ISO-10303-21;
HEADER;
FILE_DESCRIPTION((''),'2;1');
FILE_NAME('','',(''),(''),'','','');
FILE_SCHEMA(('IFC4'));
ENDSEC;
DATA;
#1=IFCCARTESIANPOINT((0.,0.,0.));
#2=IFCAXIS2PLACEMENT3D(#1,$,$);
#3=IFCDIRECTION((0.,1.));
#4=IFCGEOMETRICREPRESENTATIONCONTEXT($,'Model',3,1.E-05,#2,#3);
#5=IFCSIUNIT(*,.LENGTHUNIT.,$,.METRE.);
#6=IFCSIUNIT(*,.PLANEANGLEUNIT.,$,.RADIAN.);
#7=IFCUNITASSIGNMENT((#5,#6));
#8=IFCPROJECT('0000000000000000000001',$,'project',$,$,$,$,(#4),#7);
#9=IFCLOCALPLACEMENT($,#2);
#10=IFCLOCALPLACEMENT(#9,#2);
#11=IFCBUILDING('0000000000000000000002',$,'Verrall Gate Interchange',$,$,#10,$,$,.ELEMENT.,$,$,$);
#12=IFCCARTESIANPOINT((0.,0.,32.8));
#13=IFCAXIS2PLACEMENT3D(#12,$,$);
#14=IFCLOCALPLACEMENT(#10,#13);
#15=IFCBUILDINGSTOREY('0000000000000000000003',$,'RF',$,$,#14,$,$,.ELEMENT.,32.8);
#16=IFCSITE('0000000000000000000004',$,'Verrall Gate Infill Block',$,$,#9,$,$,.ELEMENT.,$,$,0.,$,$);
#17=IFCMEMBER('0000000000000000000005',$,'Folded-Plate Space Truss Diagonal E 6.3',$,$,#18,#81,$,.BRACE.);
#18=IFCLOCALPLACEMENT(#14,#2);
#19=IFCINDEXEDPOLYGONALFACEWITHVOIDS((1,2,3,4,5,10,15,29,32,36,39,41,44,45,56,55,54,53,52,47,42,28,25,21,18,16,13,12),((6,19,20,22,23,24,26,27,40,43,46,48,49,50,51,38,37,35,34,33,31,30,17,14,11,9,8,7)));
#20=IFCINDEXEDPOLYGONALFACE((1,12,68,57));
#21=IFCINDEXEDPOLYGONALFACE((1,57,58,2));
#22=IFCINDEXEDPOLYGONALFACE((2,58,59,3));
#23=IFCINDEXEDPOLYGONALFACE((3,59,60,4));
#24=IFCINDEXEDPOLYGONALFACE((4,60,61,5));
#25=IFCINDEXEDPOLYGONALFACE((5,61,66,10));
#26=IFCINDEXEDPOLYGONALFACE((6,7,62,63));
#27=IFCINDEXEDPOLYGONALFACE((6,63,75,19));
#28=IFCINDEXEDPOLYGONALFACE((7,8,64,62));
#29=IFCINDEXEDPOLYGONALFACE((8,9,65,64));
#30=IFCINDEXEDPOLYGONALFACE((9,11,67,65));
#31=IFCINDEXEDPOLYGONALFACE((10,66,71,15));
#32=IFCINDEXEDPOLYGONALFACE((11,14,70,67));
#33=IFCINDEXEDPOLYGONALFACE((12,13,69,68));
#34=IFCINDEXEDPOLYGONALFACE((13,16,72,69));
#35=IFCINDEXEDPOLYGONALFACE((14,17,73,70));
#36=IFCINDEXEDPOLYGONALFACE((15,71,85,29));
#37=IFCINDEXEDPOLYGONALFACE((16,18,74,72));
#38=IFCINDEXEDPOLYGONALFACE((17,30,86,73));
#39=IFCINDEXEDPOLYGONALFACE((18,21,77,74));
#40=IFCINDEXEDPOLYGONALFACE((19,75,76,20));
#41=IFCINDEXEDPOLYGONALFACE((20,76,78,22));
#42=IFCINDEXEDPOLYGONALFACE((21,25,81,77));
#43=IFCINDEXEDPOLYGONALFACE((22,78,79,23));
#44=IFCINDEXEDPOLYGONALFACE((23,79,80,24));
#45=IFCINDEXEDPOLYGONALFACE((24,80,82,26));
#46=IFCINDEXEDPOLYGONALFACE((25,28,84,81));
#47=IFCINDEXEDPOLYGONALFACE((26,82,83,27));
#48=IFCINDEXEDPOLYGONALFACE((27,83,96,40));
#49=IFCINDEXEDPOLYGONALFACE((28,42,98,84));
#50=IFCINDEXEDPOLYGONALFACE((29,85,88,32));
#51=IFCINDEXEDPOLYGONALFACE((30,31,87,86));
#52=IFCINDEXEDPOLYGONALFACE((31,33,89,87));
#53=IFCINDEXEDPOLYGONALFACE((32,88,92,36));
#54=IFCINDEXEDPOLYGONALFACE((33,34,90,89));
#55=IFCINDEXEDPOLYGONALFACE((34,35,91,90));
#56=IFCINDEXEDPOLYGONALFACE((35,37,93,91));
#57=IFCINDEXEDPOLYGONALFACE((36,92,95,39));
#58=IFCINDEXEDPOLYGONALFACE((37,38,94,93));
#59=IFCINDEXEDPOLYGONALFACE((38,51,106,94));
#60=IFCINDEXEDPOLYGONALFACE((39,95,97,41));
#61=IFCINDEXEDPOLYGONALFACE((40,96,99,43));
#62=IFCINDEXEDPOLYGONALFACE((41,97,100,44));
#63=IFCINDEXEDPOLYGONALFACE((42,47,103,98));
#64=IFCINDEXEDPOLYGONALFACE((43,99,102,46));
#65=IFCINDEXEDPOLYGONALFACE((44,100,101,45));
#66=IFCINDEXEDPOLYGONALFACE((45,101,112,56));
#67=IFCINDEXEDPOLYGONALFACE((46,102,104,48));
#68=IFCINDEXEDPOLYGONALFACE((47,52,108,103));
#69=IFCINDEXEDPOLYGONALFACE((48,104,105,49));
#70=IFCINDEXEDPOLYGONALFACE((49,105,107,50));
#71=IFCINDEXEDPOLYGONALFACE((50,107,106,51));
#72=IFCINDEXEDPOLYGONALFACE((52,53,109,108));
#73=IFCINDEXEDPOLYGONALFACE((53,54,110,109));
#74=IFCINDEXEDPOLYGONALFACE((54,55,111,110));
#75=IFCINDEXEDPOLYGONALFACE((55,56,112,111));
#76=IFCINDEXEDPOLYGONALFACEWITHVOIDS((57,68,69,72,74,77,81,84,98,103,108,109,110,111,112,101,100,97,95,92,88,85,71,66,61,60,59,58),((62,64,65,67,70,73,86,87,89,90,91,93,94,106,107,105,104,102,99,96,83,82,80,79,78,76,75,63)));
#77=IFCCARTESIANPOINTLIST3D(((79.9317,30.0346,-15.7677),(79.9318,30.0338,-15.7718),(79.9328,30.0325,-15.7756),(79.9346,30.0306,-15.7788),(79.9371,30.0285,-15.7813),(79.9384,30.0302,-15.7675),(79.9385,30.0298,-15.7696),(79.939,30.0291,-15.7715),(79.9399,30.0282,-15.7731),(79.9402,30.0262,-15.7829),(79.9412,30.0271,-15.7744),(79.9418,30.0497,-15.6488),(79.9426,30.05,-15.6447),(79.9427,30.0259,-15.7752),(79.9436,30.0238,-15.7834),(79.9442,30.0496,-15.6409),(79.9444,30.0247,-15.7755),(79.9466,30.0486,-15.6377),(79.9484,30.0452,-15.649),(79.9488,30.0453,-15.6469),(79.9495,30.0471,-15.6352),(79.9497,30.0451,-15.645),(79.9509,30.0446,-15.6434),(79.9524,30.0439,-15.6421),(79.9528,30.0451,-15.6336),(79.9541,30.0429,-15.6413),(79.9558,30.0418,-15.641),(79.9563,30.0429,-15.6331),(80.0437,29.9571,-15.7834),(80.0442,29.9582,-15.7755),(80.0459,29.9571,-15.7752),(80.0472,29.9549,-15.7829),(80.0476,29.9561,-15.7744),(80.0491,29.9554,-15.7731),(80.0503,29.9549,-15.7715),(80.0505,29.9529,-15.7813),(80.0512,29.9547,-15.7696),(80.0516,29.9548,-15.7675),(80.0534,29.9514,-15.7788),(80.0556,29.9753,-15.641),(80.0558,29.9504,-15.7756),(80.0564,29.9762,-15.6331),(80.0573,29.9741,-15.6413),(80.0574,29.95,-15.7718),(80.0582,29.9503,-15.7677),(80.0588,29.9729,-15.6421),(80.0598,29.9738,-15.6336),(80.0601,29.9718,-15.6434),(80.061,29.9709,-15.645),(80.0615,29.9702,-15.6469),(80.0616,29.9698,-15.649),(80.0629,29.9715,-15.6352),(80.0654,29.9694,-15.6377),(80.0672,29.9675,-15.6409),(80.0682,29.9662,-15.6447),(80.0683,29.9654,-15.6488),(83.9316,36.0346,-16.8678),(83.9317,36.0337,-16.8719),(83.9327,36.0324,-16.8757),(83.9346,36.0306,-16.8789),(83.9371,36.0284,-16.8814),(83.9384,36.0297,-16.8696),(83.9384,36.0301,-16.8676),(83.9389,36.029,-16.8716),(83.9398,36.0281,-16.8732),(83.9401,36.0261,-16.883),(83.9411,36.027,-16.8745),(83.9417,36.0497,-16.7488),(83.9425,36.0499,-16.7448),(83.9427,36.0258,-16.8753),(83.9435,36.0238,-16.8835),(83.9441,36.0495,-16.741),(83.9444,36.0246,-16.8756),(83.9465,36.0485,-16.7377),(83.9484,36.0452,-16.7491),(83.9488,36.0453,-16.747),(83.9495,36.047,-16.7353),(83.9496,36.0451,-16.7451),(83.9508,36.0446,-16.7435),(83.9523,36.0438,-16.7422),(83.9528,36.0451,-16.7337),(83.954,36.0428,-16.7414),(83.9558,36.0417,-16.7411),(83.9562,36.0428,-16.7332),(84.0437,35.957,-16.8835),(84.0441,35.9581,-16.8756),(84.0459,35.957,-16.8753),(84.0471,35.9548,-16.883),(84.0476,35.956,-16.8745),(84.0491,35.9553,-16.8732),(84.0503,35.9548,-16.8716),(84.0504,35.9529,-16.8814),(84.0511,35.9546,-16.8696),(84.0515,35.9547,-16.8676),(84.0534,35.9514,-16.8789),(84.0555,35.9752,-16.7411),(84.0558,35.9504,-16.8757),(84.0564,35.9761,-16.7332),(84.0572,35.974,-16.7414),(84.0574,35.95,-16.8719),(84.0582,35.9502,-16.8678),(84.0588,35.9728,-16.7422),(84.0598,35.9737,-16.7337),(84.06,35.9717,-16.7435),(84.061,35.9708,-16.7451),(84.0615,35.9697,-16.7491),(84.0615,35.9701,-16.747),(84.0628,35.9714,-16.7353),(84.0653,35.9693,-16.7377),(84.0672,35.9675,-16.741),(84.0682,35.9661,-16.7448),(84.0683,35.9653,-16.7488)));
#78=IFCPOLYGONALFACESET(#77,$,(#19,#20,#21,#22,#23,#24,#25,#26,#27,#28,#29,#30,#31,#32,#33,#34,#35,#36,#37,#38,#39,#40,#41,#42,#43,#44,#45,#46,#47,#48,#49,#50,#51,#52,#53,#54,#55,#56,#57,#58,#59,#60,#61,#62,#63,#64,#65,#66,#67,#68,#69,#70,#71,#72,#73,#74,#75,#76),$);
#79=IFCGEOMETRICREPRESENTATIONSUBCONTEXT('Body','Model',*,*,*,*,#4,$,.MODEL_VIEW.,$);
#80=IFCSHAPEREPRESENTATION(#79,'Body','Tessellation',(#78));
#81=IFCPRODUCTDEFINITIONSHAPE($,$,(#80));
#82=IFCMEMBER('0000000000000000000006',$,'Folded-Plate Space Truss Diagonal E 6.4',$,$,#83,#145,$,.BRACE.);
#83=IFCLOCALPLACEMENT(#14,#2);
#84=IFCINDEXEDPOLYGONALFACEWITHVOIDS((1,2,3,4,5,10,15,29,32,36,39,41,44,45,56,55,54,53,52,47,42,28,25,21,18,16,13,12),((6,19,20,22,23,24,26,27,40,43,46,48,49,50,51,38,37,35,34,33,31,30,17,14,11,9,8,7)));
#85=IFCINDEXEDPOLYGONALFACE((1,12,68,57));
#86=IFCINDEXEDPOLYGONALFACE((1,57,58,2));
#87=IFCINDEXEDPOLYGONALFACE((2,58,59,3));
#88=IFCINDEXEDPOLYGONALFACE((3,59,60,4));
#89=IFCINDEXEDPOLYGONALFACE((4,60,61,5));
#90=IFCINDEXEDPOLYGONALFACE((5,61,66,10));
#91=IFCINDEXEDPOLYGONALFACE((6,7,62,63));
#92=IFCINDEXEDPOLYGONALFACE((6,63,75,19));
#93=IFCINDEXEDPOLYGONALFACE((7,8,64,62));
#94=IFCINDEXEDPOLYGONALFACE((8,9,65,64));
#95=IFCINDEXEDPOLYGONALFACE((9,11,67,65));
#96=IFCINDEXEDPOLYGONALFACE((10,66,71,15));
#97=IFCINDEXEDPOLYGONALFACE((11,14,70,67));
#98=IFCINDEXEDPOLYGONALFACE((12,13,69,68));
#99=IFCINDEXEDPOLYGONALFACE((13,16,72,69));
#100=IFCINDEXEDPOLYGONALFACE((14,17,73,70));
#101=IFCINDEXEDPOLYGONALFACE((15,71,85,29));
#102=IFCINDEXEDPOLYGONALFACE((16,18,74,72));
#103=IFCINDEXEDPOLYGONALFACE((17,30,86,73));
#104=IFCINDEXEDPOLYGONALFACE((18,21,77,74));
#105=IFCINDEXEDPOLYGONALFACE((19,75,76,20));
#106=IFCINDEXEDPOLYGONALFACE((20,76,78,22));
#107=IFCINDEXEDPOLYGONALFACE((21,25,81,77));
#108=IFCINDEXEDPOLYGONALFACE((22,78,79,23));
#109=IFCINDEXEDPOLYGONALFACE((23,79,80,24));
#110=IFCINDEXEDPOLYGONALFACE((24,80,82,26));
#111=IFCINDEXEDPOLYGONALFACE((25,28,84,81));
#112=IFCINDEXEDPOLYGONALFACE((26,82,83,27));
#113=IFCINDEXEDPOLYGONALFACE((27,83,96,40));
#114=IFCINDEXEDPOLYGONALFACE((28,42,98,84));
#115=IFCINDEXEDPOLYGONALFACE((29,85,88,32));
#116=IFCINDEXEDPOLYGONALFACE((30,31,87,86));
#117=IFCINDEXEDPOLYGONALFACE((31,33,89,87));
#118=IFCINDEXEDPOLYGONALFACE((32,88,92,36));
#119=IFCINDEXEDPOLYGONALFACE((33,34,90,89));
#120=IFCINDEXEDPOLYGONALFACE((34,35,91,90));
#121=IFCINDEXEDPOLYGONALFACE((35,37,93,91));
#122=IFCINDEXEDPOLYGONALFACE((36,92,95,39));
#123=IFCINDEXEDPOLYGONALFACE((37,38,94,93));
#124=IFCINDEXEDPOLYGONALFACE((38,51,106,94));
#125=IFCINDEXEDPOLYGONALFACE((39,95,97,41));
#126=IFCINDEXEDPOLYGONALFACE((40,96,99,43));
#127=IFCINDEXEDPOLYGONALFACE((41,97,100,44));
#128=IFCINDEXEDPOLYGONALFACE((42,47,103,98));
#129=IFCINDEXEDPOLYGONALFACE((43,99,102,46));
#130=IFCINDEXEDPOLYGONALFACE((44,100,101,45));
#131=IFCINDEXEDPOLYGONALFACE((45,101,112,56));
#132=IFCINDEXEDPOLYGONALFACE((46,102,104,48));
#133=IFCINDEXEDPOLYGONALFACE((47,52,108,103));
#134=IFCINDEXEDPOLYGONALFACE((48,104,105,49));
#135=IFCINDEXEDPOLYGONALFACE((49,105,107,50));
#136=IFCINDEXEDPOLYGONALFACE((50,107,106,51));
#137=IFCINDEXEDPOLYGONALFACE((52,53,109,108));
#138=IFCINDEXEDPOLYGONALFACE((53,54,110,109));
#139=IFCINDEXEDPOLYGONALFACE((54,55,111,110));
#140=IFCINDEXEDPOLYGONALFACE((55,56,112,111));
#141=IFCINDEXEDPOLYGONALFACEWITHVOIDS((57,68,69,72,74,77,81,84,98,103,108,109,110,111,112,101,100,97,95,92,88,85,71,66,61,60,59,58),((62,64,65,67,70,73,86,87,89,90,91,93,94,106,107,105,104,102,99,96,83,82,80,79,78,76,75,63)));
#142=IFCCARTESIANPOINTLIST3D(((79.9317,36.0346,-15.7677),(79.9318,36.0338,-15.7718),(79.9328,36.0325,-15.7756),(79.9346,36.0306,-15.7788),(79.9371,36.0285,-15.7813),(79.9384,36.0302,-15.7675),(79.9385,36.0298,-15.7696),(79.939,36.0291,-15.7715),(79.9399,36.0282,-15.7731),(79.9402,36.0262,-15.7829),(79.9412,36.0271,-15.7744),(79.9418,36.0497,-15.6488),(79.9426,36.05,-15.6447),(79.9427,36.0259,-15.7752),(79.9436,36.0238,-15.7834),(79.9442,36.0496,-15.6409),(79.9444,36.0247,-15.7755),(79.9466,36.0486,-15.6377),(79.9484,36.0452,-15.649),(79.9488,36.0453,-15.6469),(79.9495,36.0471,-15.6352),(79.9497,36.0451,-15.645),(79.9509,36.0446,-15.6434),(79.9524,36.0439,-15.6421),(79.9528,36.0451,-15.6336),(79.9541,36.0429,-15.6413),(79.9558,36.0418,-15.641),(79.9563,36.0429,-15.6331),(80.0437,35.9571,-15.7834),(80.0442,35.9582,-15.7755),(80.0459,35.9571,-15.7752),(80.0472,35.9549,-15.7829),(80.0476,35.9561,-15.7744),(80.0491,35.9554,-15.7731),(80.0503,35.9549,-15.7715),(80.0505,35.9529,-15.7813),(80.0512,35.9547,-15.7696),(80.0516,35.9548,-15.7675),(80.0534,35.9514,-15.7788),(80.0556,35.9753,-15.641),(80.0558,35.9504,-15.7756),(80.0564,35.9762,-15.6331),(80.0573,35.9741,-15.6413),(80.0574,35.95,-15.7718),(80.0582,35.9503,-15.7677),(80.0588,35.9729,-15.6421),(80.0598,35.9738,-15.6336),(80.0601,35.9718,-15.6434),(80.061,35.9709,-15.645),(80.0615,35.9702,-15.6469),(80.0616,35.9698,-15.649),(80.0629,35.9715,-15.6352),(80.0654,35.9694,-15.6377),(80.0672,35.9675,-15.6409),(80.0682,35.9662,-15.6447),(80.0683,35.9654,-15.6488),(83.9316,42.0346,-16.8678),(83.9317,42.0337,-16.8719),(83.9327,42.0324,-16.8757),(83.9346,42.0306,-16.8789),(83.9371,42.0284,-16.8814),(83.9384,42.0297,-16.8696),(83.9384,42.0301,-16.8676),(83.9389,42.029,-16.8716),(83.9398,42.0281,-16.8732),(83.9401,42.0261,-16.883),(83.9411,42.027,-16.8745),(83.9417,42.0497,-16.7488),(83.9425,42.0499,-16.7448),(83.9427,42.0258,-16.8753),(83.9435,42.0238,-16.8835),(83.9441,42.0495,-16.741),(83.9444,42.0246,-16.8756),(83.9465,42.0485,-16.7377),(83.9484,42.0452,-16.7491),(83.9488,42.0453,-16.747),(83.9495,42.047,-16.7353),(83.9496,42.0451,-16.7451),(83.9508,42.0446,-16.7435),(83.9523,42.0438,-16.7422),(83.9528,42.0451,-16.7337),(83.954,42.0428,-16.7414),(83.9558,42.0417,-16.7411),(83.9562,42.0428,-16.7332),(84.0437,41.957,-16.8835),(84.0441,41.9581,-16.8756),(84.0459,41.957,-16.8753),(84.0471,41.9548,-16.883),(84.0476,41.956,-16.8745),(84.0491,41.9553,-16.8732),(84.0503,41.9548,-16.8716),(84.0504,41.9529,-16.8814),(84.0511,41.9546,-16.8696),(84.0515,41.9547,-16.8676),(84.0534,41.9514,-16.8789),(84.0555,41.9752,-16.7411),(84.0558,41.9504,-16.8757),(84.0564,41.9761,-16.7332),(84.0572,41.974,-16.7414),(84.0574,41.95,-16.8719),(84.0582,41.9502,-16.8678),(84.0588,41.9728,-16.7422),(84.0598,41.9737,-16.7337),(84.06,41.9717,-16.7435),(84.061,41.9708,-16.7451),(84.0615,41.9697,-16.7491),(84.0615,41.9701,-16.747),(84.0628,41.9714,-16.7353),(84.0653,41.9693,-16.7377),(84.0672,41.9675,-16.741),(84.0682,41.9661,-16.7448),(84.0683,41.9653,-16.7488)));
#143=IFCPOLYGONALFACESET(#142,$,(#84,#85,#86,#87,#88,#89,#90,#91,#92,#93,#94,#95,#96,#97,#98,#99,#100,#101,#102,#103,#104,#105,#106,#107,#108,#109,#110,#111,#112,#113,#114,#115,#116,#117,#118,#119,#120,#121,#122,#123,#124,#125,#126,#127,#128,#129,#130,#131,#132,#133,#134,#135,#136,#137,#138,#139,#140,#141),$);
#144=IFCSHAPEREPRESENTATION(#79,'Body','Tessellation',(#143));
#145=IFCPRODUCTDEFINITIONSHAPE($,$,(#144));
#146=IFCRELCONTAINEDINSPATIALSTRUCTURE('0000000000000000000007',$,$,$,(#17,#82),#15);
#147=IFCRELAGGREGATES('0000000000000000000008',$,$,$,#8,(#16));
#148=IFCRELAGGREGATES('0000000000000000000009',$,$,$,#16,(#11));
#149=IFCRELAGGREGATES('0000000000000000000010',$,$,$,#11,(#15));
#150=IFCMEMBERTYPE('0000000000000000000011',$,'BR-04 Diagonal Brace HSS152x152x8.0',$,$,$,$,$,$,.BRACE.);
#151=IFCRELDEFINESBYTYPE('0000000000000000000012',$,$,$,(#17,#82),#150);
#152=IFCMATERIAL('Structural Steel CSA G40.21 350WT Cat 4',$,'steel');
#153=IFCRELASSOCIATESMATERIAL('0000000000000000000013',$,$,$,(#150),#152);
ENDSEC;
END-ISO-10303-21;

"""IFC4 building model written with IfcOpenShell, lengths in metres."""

from ifc_helpers import new_model, si_unit, direction, frame, origin, origin_2d, place, context, subcontext, project, spatial, hollow_rectangle, extrude, material, material_profile, profile_set, type_object, element, save


model = new_model("IFC4")

# Units and contexts
model_context = context("Model", 3, precision=1e-05, world=origin(), true_north=direction((0.0, 1.0)))
body_context = subcontext(model_context, "Body", "Model", "MODEL_VIEW")
ifc_project = project(units=[si_unit("LENGTHUNIT", "METRE"), si_unit("PLANEANGLEUNIT", "RADIAN")], contexts=[model_context])

# Site, building, storey
site_placement = place(None, origin())
site = spatial("IfcSite", under=ifc_project, at=site_placement, Name="Verrall Gate Infill Block", CompositionType="ELEMENT", RefElevation=0.0)
building_placement = place(site_placement, origin())
building = spatial("IfcBuilding", under=site, at=building_placement, Name="Verrall Gate Interchange", CompositionType="ELEMENT")
storey_placement = place(building_placement, frame((0.0, 0.0, 32.8)))
storey = spatial("IfcBuildingStorey", under=building, at=storey_placement, Name="RF", CompositionType="ELEMENT", Elevation=32.8)

# Members
ifc_material_1 = material(Name="Structural Steel CSA G40.21 350WT Cat 4", Category="steel")
ifc_material_profile_1 = material_profile(ifc_material_1, hollow_rectangle(XDim=0.1521, YDim=0.1521, WallThickness=0.0081, InnerFilletRadius=0.0081, OuterFilletRadius=0.0159, at=origin_2d()), Name="HSS152x152x8.0")
ifc_profile_set_1 = profile_set([ifc_material_profile_1], Name="Structural Steel CSA G40.21 350WT Cat 4")
member_type_1 = type_object("IfcMemberType", Name="BR-04 Diagonal Brace HSS152x152x8.0", PredefinedType="BRACE", material=ifc_profile_set_1)
for number, where, z_axis, x_axis, name in (
    (1, (80.0, 30.0, -15.7083), (0.548356, 0.822534, -0.150811), (-0.83205, 0.5547, 0.0), "Folded-Plate Space Truss Diagonal E 6.3"),
    (2, (80.0, 36.0, -15.7083), (0.548356, 0.822534, -0.150811), (-0.83205, 0.5547, 0.0), "Folded-Plate Space Truss Diagonal E 6.4"),
):
    element("IfcMember", number, at=place(storey_placement, frame(where, z_axis=z_axis, x_axis=x_axis)), inside=storey, type_object=member_type_1, Name=name, PredefinedType="BRACE", context=body_context, shape_type="SweptSolid", body=[
        extrude(hollow_rectangle(XDim=0.1521, YDim=0.1521, WallThickness=0.0081, InnerFilletRadius=0.0081, OuterFilletRadius=0.0159, at=origin_2d()), origin(), (0.0, 0.0, 1.0), 7.2944),
    ])

save(model, "model.ifc")
